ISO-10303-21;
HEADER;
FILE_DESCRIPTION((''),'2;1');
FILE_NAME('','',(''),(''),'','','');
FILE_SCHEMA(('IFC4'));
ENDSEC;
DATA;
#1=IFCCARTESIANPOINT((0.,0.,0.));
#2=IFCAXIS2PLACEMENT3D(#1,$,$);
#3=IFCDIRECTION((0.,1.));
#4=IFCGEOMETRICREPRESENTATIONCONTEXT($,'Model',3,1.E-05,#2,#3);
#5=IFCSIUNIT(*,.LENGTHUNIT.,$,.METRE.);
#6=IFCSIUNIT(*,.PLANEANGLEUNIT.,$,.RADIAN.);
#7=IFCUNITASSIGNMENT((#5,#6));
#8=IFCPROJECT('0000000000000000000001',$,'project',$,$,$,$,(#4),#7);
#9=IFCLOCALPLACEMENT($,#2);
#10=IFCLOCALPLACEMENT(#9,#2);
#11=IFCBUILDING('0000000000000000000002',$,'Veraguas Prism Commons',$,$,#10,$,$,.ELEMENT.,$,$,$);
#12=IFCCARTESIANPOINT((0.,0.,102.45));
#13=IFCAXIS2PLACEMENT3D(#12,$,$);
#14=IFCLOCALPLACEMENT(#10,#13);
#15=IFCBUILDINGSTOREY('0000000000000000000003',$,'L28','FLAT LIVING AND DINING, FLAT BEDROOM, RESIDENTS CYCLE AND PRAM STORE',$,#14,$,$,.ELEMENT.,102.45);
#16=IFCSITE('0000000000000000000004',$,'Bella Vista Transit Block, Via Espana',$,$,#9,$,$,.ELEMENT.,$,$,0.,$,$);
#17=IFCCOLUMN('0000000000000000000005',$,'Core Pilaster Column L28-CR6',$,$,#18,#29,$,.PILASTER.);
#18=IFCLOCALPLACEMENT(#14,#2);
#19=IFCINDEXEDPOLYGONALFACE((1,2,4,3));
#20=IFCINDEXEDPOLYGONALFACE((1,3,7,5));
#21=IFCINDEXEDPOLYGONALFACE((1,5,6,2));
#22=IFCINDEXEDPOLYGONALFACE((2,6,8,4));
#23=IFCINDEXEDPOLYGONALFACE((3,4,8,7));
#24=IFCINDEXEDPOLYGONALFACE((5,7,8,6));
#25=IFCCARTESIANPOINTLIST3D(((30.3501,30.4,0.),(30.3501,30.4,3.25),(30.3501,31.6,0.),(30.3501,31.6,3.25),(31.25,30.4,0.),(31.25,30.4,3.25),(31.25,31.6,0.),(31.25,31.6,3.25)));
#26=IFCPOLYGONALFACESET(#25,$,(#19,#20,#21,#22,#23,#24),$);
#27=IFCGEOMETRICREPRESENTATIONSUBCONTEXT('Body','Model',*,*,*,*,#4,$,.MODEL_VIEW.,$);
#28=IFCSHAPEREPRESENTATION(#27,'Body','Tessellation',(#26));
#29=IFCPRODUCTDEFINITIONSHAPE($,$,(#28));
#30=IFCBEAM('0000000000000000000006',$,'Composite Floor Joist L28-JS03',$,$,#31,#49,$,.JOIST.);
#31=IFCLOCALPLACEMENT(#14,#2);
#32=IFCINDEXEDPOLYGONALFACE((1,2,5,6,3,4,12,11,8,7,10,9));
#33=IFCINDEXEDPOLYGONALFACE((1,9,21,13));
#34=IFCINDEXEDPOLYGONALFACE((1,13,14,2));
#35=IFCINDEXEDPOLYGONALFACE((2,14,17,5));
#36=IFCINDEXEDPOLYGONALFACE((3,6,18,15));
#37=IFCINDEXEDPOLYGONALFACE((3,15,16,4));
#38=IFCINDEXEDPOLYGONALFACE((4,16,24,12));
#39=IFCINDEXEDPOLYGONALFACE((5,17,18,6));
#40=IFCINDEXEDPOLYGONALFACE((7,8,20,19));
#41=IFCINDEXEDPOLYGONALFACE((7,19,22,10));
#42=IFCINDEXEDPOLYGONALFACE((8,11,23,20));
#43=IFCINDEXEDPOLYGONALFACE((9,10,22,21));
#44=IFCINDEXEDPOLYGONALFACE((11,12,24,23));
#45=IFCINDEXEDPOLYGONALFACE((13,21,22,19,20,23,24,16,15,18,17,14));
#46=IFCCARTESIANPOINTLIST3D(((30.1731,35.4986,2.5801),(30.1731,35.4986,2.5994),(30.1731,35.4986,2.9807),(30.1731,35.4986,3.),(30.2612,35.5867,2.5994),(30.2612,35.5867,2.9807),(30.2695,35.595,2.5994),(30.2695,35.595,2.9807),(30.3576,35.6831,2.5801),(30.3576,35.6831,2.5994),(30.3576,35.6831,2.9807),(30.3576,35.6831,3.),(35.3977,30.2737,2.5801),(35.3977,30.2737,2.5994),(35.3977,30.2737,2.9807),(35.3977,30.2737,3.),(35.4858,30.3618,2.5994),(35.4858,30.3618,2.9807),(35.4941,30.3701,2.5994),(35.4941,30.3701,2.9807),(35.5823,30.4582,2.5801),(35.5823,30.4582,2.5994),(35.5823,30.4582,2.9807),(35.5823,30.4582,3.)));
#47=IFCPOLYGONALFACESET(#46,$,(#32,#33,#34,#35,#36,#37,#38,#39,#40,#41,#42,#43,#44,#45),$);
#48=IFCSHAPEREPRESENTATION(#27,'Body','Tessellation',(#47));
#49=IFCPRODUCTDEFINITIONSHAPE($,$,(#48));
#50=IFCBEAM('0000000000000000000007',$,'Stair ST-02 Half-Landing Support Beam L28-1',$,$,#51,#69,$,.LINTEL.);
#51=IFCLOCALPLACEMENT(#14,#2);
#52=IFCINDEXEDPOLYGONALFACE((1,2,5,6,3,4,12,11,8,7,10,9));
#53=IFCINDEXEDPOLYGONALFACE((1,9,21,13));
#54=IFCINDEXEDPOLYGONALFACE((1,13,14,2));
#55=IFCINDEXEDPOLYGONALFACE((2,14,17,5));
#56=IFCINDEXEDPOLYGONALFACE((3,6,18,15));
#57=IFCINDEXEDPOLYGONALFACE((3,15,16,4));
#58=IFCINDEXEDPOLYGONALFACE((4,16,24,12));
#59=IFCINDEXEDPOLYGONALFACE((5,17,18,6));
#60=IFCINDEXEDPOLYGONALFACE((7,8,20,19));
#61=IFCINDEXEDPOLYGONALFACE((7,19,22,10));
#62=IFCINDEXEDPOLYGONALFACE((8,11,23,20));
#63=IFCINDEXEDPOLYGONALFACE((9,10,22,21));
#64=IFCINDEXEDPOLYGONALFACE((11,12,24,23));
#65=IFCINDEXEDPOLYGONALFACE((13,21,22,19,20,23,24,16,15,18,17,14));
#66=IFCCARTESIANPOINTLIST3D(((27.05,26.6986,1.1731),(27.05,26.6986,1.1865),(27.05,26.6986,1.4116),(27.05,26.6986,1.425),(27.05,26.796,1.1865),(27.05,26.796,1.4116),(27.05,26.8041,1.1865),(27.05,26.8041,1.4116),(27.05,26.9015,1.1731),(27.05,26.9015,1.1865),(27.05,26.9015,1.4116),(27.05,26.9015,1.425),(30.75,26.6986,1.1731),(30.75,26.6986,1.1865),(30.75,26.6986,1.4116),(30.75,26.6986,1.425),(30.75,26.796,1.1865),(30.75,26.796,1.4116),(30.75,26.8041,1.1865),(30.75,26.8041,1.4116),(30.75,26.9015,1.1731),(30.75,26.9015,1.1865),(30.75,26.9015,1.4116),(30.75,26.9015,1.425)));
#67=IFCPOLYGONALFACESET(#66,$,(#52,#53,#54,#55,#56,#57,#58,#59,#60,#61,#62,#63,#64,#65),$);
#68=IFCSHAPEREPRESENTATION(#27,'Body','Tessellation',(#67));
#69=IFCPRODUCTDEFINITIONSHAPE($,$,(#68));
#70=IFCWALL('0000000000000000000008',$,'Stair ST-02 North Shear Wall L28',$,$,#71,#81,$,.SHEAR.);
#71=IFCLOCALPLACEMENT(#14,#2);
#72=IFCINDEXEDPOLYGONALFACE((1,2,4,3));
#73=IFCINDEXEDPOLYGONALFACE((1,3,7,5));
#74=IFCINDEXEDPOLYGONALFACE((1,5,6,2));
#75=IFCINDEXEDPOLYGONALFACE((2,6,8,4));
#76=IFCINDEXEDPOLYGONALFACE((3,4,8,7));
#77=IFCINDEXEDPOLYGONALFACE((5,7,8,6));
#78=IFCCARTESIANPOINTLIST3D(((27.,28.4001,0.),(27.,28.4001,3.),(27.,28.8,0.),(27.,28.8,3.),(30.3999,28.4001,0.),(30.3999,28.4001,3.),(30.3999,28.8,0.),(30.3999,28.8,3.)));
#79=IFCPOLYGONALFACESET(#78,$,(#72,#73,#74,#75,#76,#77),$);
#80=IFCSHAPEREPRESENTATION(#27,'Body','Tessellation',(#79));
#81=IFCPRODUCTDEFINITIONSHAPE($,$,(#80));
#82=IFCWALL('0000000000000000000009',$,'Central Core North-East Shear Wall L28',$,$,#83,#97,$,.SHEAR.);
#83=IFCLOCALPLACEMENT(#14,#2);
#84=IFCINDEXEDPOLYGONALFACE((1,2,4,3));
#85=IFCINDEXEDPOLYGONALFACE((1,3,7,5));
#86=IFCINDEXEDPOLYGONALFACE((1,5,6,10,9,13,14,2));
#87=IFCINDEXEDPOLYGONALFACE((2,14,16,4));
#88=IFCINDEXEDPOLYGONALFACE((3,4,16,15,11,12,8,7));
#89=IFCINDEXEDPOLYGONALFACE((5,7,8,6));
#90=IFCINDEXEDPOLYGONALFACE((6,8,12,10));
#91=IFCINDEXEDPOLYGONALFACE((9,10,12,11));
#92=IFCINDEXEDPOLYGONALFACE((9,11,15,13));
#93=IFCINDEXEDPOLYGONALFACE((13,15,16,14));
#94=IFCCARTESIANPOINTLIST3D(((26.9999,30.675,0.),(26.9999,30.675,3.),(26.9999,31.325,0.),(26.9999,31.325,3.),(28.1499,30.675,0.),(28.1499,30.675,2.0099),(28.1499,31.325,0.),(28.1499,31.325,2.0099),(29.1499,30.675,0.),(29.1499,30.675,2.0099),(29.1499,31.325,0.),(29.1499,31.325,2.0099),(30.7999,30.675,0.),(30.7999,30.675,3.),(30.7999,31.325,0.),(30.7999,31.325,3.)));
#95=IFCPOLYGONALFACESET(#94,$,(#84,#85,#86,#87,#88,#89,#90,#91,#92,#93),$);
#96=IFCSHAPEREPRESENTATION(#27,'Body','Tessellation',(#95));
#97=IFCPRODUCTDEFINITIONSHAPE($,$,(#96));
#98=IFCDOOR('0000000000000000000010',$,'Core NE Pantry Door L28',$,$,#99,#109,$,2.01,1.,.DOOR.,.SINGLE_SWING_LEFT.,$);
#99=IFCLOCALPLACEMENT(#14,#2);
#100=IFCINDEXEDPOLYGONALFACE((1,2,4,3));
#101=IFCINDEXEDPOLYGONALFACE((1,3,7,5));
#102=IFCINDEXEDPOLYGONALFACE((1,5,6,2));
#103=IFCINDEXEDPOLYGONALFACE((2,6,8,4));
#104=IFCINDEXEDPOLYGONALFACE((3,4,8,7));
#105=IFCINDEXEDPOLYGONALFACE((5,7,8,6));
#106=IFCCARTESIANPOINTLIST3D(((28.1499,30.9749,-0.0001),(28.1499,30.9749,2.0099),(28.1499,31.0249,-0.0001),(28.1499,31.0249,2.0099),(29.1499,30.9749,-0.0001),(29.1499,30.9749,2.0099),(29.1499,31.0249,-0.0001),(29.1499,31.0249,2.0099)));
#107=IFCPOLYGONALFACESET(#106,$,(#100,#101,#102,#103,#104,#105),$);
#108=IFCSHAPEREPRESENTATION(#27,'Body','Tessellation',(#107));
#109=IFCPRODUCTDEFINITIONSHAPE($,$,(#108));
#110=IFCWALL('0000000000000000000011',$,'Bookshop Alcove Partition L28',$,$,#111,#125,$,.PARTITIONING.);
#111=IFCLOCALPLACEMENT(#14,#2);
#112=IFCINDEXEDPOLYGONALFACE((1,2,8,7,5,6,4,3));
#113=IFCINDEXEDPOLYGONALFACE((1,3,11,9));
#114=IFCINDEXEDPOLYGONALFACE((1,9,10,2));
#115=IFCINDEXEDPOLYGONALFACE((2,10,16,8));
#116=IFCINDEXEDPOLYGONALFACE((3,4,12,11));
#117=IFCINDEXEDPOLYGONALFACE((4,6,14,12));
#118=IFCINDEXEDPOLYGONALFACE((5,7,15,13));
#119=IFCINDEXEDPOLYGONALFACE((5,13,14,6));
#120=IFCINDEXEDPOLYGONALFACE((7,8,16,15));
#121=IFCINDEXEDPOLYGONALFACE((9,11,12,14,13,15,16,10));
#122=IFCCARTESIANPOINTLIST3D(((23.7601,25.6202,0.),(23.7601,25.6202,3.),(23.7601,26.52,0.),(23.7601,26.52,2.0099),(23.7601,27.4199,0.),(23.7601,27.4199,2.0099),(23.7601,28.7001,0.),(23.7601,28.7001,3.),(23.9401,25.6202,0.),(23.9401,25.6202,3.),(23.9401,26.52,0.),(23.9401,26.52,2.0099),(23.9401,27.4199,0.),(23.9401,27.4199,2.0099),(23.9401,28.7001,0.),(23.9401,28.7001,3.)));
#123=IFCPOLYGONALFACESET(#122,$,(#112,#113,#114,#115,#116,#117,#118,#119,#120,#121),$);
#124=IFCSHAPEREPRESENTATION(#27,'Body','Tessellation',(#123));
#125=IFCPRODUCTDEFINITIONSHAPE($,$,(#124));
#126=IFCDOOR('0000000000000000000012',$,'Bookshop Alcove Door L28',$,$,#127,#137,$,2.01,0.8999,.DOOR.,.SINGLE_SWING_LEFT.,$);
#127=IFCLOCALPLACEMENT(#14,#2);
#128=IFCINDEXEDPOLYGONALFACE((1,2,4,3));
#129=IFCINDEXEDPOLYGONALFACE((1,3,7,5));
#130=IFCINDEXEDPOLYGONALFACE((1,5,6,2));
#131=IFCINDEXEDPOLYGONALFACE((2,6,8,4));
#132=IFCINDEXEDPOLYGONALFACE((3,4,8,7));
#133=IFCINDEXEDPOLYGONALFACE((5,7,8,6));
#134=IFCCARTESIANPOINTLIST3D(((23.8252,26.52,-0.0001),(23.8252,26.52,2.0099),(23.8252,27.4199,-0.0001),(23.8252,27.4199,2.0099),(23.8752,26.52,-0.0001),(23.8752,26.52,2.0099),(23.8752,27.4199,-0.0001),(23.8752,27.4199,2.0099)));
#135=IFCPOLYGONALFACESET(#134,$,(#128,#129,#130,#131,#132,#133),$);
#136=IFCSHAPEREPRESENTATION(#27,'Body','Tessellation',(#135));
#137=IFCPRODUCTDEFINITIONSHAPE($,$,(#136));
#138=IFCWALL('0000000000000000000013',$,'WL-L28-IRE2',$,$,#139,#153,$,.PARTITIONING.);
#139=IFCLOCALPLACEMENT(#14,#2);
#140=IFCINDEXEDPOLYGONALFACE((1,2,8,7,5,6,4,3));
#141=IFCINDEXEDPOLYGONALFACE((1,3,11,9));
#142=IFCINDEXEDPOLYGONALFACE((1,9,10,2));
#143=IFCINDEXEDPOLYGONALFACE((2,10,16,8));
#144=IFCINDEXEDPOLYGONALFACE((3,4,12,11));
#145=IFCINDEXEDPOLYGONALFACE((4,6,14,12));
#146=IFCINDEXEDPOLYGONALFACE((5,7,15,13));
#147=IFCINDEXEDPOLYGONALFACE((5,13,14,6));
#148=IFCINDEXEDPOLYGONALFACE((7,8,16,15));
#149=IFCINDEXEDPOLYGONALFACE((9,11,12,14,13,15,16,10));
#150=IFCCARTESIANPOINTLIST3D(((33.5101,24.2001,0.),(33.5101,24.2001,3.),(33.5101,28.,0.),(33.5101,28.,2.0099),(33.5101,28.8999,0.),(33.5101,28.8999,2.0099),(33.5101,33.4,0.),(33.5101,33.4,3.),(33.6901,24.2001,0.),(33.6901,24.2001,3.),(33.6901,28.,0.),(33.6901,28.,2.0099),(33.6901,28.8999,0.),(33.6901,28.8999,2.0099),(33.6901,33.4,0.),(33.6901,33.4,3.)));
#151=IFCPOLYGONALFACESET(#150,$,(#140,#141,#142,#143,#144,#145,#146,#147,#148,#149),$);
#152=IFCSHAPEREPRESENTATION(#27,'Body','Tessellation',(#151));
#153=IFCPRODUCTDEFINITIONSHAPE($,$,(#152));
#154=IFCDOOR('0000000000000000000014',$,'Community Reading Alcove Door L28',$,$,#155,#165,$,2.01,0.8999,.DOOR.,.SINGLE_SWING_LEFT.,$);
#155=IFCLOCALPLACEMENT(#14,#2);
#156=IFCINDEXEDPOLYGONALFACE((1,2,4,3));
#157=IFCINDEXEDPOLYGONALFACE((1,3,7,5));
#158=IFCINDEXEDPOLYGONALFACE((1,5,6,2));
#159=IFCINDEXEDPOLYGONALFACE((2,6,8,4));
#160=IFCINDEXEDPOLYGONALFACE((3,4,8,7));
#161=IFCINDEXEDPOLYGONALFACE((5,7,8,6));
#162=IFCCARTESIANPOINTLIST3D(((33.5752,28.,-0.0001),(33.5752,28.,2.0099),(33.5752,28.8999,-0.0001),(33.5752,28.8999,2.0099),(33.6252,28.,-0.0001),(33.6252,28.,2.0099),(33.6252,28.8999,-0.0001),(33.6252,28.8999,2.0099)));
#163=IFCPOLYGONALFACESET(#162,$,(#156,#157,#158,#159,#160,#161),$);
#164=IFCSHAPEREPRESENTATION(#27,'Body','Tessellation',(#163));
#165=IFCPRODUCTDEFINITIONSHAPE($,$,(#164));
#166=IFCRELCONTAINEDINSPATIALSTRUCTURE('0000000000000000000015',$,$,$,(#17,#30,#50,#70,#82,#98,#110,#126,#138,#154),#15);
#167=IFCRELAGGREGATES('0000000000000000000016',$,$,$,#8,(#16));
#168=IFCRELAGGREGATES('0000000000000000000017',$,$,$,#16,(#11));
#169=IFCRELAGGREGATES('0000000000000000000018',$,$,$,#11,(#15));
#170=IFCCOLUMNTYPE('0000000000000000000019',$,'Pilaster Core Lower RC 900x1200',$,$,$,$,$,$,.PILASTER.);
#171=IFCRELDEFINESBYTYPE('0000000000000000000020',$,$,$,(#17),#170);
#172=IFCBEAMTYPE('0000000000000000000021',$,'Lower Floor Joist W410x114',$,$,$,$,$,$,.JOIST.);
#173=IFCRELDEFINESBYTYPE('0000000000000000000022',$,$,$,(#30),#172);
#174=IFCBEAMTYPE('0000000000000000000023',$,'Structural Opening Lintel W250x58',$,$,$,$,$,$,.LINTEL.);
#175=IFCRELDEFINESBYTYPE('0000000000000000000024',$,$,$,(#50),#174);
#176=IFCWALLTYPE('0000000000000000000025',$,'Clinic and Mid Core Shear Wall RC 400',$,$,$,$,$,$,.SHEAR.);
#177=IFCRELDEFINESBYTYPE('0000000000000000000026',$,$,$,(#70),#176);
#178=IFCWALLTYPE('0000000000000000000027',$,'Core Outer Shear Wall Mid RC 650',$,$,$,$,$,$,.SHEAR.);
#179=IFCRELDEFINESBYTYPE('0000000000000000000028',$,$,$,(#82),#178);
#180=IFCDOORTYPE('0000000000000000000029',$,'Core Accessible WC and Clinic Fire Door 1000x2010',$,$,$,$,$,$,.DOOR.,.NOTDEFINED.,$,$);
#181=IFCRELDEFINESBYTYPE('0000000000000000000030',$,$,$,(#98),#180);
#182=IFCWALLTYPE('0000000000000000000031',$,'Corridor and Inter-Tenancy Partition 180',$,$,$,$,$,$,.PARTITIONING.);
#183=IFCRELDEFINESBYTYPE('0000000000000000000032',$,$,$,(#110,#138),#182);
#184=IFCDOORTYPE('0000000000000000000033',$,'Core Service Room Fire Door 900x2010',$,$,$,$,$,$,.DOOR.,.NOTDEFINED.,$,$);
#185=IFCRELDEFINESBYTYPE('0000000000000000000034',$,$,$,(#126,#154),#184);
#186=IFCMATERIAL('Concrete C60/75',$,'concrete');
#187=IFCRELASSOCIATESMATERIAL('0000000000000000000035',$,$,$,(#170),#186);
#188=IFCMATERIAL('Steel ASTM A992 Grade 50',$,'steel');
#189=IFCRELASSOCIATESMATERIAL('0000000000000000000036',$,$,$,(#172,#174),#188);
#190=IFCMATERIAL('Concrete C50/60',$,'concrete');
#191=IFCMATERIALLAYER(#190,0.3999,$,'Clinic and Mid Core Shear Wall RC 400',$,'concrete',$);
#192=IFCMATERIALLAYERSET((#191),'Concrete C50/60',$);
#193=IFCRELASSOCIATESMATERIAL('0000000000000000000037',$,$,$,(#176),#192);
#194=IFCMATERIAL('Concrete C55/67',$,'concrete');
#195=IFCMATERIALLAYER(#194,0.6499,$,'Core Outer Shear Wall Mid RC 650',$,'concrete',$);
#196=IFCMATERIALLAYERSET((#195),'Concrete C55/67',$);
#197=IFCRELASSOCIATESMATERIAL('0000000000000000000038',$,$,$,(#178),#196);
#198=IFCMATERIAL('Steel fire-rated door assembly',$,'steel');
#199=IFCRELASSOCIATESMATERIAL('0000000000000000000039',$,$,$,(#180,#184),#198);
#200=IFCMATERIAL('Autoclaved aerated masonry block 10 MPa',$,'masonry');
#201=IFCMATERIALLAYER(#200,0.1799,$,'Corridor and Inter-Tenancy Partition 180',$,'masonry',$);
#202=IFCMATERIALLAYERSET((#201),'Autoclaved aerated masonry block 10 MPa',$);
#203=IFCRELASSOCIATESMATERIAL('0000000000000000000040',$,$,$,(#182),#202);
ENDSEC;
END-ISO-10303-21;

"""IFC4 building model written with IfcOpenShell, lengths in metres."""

from ifc_helpers import new_model, si_unit, direction, frame, frame_2d, origin, origin_2d, place, context, subcontext, project, spatial, rectangle, i_section, extrude, source, transform, mapped, material, layer, layer_set, material_profile, profile_set, type_object, element, fill, save


model = new_model("IFC4")

# Units and contexts
model_context = context("Model", 3, precision=1e-05, world=origin(), true_north=direction((0.0, 1.0)))
body_context = subcontext(model_context, "Body", "Model", "MODEL_VIEW")
ifc_project = project(units=[si_unit("LENGTHUNIT", "METRE"), si_unit("PLANEANGLEUNIT", "RADIAN")], contexts=[model_context])

# Site, building, storey
site_placement = place(None, origin())
site = spatial("IfcSite", under=ifc_project, at=site_placement, Name="Bella Vista Transit Block, Via Espana", CompositionType="ELEMENT", RefElevation=0.0)
building_placement = place(site_placement, origin())
building = spatial("IfcBuilding", under=site, at=building_placement, Name="Veraguas Prism Commons", CompositionType="ELEMENT")
storey_placement = place(building_placement, frame((0.0, 0.0, 102.45)))
storey = spatial("IfcBuildingStorey", under=building, at=storey_placement, Name="L28", Description="FLAT LIVING AND DINING, FLAT BEDROOM, RESIDENTS CYCLE AND PRAM STORE", CompositionType="ELEMENT", Elevation=102.45)

# Column
ifc_material_1 = material(Name="Concrete C60/75", Category="concrete")
ifc_material_profile_1 = material_profile(ifc_material_1, rectangle(XDim=0.8999, YDim=1.2, at=origin_2d()), Name="RC900X1200")
ifc_profile_set_1 = profile_set([ifc_material_profile_1], Name="Concrete C60/75")
column_type = type_object("IfcColumnType", Name="Pilaster Core Lower RC 900x1200", PredefinedType="PILASTER", material=ifc_profile_set_1)
column_placement = place(storey_placement, frame((30.8, 31.0, 0.0), z_axis=(0.0, 0.0, 1.0), x_axis=(1.0, 0.0, 0.0)))
element("IfcColumn", 1, at=column_placement, inside=storey, type_object=column_type, Name="Core Pilaster Column L28-CR6", PredefinedType="PILASTER", context=body_context, shape_type="SweptSolid", body=[
    extrude(rectangle(XDim=0.8999, YDim=1.2, at=origin_2d()), origin(), (0.0, 0.0, 1.0), 3.25),
])

# Beams
ifc_material_2 = material(Name="Steel ASTM A992 Grade 50", Category="steel")
ifc_material_profile_2 = material_profile(ifc_material_2, i_section(OverallWidth=0.261, OverallDepth=0.4199, WebThickness=0.0117, FlangeThickness=0.0193, at=origin_2d()), Name="W410X114")
ifc_profile_set_2 = profile_set([ifc_material_profile_2], Name="Steel ASTM A992 Grade 50")
beam_type_1 = type_object("IfcBeamType", Name="Lower Floor Joist W410x114", PredefinedType="JOIST", material=ifc_profile_set_2)
beam_1_placement = place(storey_placement, frame((35.49, 30.366, 2.79), z_axis=(-0.70709, 0.707123, 0.0), x_axis=(-0.707123, -0.70709, 0.0)))
element("IfcBeam", 2, at=beam_1_placement, inside=storey, type_object=beam_type_1, Name="Composite Floor Joist L28-JS03", PredefinedType="JOIST", context=body_context, shape_type="SweptSolid", body=[
    extrude(i_section(OverallWidth=0.261, OverallDepth=0.4199, WebThickness=0.0117, FlangeThickness=0.0193, at=origin_2d()), origin(), (0.0, 0.0, 1.0), 7.3889),
])
ifc_material_profile_3 = material_profile(ifc_material_2, i_section(OverallWidth=0.2029, OverallDepth=0.252, WebThickness=0.0081, FlangeThickness=0.0134, at=origin_2d()), Name="W250X58")
ifc_profile_set_3 = profile_set([ifc_material_profile_3], Name="Steel ASTM A992 Grade 50")
beam_type_2 = type_object("IfcBeamType", Name="Structural Opening Lintel W250x58", PredefinedType="LINTEL", material=ifc_profile_set_3)
beam_2_placement = place(storey_placement, frame((27.05, 26.8, 1.2991), z_axis=(1.0, 0.0, 0.0), x_axis=(0.0, 1.0, 0.0)))
element("IfcBeam", 3, at=beam_2_placement, inside=storey, type_object=beam_type_2, Name="Stair ST-02 Half-Landing Support Beam L28-1", PredefinedType="LINTEL", context=body_context, shape_type="SweptSolid", body=[
    extrude(i_section(OverallWidth=0.2029, OverallDepth=0.252, WebThickness=0.0081, FlangeThickness=0.0134, at=origin_2d()), origin(), (0.0, 0.0, 1.0), 3.7),
])

# Wall
ifc_material_3 = material(Name="Concrete C50/60", Category="concrete")
ifc_layer_1 = layer(ifc_material_3, 0.3999, Name="Clinic and Mid Core Shear Wall RC 400", Category="concrete")
ifc_layer_set_1 = layer_set([ifc_layer_1], Name="Concrete C50/60")
wall_type_1 = type_object("IfcWallType", Name="Clinic and Mid Core Shear Wall RC 400", PredefinedType="SHEAR", material=ifc_layer_set_1)
wall_1_placement = place(storey_placement, frame((27.0, 28.6001, 0.0), z_axis=(0.0, 0.0, 1.0), x_axis=(1.0, 0.0, 0.0)))
element("IfcWall", 4, at=wall_1_placement, inside=storey, type_object=wall_type_1, Name="Stair ST-02 North Shear Wall L28", PredefinedType="SHEAR", context=body_context, shape_type="SweptSolid", body=[
    extrude(rectangle(XDim=3.3999, YDim=0.3999, at=frame_2d((1.7, 0.0))), origin(), (0.0, 0.0, 1.0), 3.0),
])

# Walls, openings, doors
ifc_material_4 = material(Name="Concrete C55/67", Category="concrete")
ifc_layer_2 = layer(ifc_material_4, 0.6499, Name="Core Outer Shear Wall Mid RC 650", Category="concrete")
ifc_layer_set_2 = layer_set([ifc_layer_2], Name="Concrete C55/67")
wall_type_2 = type_object("IfcWallType", Name="Core Outer Shear Wall Mid RC 650", PredefinedType="SHEAR", material=ifc_layer_set_2)
wall_2_placement = place(storey_placement, frame((27.0, 31.0, 0.0), z_axis=(0.0, 0.0, 1.0), x_axis=(1.0, 0.0, 0.0)))
wall_2 = element("IfcWall", 5, at=wall_2_placement, inside=storey, type_object=wall_type_2, Name="Central Core North-East Shear Wall L28", PredefinedType="SHEAR", context=body_context, shape_type="SweptSolid", body=[
    extrude(rectangle(XDim=3.8, YDim=0.6499, at=frame_2d((1.8999, 0.0))), origin(), (0.0, 0.0, 1.0), 3.0),
])
opening_1_placement = place(wall_2_placement, frame((1.1499, 0.0, 0.0)))
opening_1 = element("IfcOpeningElement", 6, at=opening_1_placement, cuts=wall_2, PredefinedType="OPENING", context=body_context, shape_type="SweptSolid", body=[
    extrude(rectangle(XDim=1.0, YDim=2.01, at=frame_2d((0.5, 1.0049))), frame((0.0, 0.335, 0.0), z_axis=(0.0, -1.0, 0.0), x_axis=(1.0, 0.0, 0.0)), (0.0, 0.0, 1.0), 0.6699),
])
ifc_material_5 = material(Name="Steel fire-rated door assembly", Category="steel")
door_type_1 = type_object("IfcDoorType", Name="Core Accessible WC and Clinic Fire Door 1000x2010", OperationType="NOTDEFINED", PredefinedType="DOOR", material=ifc_material_5)
shared_shape_1 = source(origin(), body_context, "Body", "SweptSolid", [
    extrude(rectangle(XDim=1.0, YDim=2.01, at=frame_2d((0.5, 1.0049))), frame((0.0, 0.0249, 0.0), z_axis=(0.0, -1.0, 0.0), x_axis=(1.0, 0.0, 0.0)), (0.0, 0.0, 1.0), 0.05),
])
door_1_placement = place(opening_1_placement, origin())
door_1 = element("IfcDoor", 7, at=door_1_placement, inside=storey, type_object=door_type_1, Name="Core NE Pantry Door L28", OperationType="SINGLE_SWING_LEFT", OverallHeight=2.01, OverallWidth=1.0, PredefinedType="DOOR", context=body_context, shape_type="MappedRepresentation", body=[
    mapped(shared_shape_1, transform((0.0, 0.0, 0.0), scale=1.0)),
])
fill(opening_1, door_1)
ifc_material_6 = material(Name="Autoclaved aerated masonry block 10 MPa", Category="masonry")
ifc_layer_3 = layer(ifc_material_6, 0.1799, Name="Corridor and Inter-Tenancy Partition 180", Category="masonry")
ifc_layer_set_3 = layer_set([ifc_layer_3], Name="Autoclaved aerated masonry block 10 MPa")
wall_type_3 = type_object("IfcWallType", Name="Corridor and Inter-Tenancy Partition 180", PredefinedType="PARTITIONING", material=ifc_layer_set_3)
wall_3_placement = place(storey_placement, frame((23.8501, 25.6201, 0.0), z_axis=(0.0, 0.0, 1.0), x_axis=(0.0, 1.0, 0.0)))
wall_3 = element("IfcWall", 8, at=wall_3_placement, inside=storey, type_object=wall_type_3, Name="Bookshop Alcove Partition L28", PredefinedType="PARTITIONING", context=body_context, shape_type="SweptSolid", body=[
    extrude(rectangle(XDim=3.0798, YDim=0.1799, at=frame_2d((1.54, 0.0))), origin(), (0.0, 0.0, 1.0), 3.0),
])
opening_2_placement = place(wall_3_placement, frame((0.8999, 0.0, 0.0)))
opening_2 = element("IfcOpeningElement", 9, at=opening_2_placement, cuts=wall_3, PredefinedType="OPENING", context=body_context, shape_type="SweptSolid", body=[
    extrude(rectangle(XDim=0.8999, YDim=2.01, at=frame_2d((0.45, 1.0049))), frame((0.0, 0.0999, 0.0), z_axis=(0.0, -1.0, 0.0), x_axis=(1.0, 0.0, 0.0)), (0.0, 0.0, 1.0), 0.2),
])
door_type_2 = type_object("IfcDoorType", Name="Core Service Room Fire Door 900x2010", OperationType="NOTDEFINED", PredefinedType="DOOR", material=ifc_material_5)
shared_shape_2 = source(origin(), body_context, "Body", "SweptSolid", [
    extrude(rectangle(XDim=0.8999, YDim=2.01, at=frame_2d((0.45, 1.0049))), frame((0.0, 0.0249, 0.0), z_axis=(0.0, -1.0, 0.0), x_axis=(1.0, 0.0, 0.0)), (0.0, 0.0, 1.0), 0.05),
])
door_2_placement = place(opening_2_placement, origin())
door_2 = element("IfcDoor", 10, at=door_2_placement, inside=storey, type_object=door_type_2, Name="Bookshop Alcove Door L28", OperationType="SINGLE_SWING_LEFT", OverallHeight=2.01, OverallWidth=0.8999, PredefinedType="DOOR", context=body_context, shape_type="MappedRepresentation", body=[
    mapped(shared_shape_2, transform((0.0, 0.0, 0.0), scale=1.0)),
])
fill(opening_2, door_2)
wall_4_placement = place(storey_placement, frame((33.6001, 24.2, 0.0), z_axis=(0.0, 0.0, 1.0), x_axis=(0.0, 1.0, 0.0)))
wall_4 = element("IfcWall", 11, at=wall_4_placement, inside=storey, type_object=wall_type_3, Name="WL-L28-IRE2", PredefinedType="PARTITIONING", context=body_context, shape_type="SweptSolid", body=[
    extrude(rectangle(XDim=9.2, YDim=0.1799, at=frame_2d((4.6001, 0.0))), origin(), (0.0, 0.0, 1.0), 3.0),
])
opening_3_placement = place(wall_4_placement, frame((3.8, 0.0, 0.0)))
opening_3 = element("IfcOpeningElement", 12, at=opening_3_placement, cuts=wall_4, PredefinedType="OPENING", context=body_context, shape_type="SweptSolid", body=[
    extrude(rectangle(XDim=0.8999, YDim=2.01, at=frame_2d((0.45, 1.0049))), frame((0.0, 0.0999, 0.0), z_axis=(0.0, -1.0, 0.0), x_axis=(1.0, 0.0, 0.0)), (0.0, 0.0, 1.0), 0.2),
])
door_3_placement = place(opening_3_placement, origin())
door_3 = element("IfcDoor", 13, at=door_3_placement, inside=storey, type_object=door_type_2, Name="Community Reading Alcove Door L28", OperationType="SINGLE_SWING_LEFT", OverallHeight=2.01, OverallWidth=0.8999, PredefinedType="DOOR", context=body_context, shape_type="MappedRepresentation", body=[
    mapped(shared_shape_2, transform((0.0, 0.0, 0.0), scale=1.0)),
])
fill(opening_3, door_3)

save(model, "model.ifc")
